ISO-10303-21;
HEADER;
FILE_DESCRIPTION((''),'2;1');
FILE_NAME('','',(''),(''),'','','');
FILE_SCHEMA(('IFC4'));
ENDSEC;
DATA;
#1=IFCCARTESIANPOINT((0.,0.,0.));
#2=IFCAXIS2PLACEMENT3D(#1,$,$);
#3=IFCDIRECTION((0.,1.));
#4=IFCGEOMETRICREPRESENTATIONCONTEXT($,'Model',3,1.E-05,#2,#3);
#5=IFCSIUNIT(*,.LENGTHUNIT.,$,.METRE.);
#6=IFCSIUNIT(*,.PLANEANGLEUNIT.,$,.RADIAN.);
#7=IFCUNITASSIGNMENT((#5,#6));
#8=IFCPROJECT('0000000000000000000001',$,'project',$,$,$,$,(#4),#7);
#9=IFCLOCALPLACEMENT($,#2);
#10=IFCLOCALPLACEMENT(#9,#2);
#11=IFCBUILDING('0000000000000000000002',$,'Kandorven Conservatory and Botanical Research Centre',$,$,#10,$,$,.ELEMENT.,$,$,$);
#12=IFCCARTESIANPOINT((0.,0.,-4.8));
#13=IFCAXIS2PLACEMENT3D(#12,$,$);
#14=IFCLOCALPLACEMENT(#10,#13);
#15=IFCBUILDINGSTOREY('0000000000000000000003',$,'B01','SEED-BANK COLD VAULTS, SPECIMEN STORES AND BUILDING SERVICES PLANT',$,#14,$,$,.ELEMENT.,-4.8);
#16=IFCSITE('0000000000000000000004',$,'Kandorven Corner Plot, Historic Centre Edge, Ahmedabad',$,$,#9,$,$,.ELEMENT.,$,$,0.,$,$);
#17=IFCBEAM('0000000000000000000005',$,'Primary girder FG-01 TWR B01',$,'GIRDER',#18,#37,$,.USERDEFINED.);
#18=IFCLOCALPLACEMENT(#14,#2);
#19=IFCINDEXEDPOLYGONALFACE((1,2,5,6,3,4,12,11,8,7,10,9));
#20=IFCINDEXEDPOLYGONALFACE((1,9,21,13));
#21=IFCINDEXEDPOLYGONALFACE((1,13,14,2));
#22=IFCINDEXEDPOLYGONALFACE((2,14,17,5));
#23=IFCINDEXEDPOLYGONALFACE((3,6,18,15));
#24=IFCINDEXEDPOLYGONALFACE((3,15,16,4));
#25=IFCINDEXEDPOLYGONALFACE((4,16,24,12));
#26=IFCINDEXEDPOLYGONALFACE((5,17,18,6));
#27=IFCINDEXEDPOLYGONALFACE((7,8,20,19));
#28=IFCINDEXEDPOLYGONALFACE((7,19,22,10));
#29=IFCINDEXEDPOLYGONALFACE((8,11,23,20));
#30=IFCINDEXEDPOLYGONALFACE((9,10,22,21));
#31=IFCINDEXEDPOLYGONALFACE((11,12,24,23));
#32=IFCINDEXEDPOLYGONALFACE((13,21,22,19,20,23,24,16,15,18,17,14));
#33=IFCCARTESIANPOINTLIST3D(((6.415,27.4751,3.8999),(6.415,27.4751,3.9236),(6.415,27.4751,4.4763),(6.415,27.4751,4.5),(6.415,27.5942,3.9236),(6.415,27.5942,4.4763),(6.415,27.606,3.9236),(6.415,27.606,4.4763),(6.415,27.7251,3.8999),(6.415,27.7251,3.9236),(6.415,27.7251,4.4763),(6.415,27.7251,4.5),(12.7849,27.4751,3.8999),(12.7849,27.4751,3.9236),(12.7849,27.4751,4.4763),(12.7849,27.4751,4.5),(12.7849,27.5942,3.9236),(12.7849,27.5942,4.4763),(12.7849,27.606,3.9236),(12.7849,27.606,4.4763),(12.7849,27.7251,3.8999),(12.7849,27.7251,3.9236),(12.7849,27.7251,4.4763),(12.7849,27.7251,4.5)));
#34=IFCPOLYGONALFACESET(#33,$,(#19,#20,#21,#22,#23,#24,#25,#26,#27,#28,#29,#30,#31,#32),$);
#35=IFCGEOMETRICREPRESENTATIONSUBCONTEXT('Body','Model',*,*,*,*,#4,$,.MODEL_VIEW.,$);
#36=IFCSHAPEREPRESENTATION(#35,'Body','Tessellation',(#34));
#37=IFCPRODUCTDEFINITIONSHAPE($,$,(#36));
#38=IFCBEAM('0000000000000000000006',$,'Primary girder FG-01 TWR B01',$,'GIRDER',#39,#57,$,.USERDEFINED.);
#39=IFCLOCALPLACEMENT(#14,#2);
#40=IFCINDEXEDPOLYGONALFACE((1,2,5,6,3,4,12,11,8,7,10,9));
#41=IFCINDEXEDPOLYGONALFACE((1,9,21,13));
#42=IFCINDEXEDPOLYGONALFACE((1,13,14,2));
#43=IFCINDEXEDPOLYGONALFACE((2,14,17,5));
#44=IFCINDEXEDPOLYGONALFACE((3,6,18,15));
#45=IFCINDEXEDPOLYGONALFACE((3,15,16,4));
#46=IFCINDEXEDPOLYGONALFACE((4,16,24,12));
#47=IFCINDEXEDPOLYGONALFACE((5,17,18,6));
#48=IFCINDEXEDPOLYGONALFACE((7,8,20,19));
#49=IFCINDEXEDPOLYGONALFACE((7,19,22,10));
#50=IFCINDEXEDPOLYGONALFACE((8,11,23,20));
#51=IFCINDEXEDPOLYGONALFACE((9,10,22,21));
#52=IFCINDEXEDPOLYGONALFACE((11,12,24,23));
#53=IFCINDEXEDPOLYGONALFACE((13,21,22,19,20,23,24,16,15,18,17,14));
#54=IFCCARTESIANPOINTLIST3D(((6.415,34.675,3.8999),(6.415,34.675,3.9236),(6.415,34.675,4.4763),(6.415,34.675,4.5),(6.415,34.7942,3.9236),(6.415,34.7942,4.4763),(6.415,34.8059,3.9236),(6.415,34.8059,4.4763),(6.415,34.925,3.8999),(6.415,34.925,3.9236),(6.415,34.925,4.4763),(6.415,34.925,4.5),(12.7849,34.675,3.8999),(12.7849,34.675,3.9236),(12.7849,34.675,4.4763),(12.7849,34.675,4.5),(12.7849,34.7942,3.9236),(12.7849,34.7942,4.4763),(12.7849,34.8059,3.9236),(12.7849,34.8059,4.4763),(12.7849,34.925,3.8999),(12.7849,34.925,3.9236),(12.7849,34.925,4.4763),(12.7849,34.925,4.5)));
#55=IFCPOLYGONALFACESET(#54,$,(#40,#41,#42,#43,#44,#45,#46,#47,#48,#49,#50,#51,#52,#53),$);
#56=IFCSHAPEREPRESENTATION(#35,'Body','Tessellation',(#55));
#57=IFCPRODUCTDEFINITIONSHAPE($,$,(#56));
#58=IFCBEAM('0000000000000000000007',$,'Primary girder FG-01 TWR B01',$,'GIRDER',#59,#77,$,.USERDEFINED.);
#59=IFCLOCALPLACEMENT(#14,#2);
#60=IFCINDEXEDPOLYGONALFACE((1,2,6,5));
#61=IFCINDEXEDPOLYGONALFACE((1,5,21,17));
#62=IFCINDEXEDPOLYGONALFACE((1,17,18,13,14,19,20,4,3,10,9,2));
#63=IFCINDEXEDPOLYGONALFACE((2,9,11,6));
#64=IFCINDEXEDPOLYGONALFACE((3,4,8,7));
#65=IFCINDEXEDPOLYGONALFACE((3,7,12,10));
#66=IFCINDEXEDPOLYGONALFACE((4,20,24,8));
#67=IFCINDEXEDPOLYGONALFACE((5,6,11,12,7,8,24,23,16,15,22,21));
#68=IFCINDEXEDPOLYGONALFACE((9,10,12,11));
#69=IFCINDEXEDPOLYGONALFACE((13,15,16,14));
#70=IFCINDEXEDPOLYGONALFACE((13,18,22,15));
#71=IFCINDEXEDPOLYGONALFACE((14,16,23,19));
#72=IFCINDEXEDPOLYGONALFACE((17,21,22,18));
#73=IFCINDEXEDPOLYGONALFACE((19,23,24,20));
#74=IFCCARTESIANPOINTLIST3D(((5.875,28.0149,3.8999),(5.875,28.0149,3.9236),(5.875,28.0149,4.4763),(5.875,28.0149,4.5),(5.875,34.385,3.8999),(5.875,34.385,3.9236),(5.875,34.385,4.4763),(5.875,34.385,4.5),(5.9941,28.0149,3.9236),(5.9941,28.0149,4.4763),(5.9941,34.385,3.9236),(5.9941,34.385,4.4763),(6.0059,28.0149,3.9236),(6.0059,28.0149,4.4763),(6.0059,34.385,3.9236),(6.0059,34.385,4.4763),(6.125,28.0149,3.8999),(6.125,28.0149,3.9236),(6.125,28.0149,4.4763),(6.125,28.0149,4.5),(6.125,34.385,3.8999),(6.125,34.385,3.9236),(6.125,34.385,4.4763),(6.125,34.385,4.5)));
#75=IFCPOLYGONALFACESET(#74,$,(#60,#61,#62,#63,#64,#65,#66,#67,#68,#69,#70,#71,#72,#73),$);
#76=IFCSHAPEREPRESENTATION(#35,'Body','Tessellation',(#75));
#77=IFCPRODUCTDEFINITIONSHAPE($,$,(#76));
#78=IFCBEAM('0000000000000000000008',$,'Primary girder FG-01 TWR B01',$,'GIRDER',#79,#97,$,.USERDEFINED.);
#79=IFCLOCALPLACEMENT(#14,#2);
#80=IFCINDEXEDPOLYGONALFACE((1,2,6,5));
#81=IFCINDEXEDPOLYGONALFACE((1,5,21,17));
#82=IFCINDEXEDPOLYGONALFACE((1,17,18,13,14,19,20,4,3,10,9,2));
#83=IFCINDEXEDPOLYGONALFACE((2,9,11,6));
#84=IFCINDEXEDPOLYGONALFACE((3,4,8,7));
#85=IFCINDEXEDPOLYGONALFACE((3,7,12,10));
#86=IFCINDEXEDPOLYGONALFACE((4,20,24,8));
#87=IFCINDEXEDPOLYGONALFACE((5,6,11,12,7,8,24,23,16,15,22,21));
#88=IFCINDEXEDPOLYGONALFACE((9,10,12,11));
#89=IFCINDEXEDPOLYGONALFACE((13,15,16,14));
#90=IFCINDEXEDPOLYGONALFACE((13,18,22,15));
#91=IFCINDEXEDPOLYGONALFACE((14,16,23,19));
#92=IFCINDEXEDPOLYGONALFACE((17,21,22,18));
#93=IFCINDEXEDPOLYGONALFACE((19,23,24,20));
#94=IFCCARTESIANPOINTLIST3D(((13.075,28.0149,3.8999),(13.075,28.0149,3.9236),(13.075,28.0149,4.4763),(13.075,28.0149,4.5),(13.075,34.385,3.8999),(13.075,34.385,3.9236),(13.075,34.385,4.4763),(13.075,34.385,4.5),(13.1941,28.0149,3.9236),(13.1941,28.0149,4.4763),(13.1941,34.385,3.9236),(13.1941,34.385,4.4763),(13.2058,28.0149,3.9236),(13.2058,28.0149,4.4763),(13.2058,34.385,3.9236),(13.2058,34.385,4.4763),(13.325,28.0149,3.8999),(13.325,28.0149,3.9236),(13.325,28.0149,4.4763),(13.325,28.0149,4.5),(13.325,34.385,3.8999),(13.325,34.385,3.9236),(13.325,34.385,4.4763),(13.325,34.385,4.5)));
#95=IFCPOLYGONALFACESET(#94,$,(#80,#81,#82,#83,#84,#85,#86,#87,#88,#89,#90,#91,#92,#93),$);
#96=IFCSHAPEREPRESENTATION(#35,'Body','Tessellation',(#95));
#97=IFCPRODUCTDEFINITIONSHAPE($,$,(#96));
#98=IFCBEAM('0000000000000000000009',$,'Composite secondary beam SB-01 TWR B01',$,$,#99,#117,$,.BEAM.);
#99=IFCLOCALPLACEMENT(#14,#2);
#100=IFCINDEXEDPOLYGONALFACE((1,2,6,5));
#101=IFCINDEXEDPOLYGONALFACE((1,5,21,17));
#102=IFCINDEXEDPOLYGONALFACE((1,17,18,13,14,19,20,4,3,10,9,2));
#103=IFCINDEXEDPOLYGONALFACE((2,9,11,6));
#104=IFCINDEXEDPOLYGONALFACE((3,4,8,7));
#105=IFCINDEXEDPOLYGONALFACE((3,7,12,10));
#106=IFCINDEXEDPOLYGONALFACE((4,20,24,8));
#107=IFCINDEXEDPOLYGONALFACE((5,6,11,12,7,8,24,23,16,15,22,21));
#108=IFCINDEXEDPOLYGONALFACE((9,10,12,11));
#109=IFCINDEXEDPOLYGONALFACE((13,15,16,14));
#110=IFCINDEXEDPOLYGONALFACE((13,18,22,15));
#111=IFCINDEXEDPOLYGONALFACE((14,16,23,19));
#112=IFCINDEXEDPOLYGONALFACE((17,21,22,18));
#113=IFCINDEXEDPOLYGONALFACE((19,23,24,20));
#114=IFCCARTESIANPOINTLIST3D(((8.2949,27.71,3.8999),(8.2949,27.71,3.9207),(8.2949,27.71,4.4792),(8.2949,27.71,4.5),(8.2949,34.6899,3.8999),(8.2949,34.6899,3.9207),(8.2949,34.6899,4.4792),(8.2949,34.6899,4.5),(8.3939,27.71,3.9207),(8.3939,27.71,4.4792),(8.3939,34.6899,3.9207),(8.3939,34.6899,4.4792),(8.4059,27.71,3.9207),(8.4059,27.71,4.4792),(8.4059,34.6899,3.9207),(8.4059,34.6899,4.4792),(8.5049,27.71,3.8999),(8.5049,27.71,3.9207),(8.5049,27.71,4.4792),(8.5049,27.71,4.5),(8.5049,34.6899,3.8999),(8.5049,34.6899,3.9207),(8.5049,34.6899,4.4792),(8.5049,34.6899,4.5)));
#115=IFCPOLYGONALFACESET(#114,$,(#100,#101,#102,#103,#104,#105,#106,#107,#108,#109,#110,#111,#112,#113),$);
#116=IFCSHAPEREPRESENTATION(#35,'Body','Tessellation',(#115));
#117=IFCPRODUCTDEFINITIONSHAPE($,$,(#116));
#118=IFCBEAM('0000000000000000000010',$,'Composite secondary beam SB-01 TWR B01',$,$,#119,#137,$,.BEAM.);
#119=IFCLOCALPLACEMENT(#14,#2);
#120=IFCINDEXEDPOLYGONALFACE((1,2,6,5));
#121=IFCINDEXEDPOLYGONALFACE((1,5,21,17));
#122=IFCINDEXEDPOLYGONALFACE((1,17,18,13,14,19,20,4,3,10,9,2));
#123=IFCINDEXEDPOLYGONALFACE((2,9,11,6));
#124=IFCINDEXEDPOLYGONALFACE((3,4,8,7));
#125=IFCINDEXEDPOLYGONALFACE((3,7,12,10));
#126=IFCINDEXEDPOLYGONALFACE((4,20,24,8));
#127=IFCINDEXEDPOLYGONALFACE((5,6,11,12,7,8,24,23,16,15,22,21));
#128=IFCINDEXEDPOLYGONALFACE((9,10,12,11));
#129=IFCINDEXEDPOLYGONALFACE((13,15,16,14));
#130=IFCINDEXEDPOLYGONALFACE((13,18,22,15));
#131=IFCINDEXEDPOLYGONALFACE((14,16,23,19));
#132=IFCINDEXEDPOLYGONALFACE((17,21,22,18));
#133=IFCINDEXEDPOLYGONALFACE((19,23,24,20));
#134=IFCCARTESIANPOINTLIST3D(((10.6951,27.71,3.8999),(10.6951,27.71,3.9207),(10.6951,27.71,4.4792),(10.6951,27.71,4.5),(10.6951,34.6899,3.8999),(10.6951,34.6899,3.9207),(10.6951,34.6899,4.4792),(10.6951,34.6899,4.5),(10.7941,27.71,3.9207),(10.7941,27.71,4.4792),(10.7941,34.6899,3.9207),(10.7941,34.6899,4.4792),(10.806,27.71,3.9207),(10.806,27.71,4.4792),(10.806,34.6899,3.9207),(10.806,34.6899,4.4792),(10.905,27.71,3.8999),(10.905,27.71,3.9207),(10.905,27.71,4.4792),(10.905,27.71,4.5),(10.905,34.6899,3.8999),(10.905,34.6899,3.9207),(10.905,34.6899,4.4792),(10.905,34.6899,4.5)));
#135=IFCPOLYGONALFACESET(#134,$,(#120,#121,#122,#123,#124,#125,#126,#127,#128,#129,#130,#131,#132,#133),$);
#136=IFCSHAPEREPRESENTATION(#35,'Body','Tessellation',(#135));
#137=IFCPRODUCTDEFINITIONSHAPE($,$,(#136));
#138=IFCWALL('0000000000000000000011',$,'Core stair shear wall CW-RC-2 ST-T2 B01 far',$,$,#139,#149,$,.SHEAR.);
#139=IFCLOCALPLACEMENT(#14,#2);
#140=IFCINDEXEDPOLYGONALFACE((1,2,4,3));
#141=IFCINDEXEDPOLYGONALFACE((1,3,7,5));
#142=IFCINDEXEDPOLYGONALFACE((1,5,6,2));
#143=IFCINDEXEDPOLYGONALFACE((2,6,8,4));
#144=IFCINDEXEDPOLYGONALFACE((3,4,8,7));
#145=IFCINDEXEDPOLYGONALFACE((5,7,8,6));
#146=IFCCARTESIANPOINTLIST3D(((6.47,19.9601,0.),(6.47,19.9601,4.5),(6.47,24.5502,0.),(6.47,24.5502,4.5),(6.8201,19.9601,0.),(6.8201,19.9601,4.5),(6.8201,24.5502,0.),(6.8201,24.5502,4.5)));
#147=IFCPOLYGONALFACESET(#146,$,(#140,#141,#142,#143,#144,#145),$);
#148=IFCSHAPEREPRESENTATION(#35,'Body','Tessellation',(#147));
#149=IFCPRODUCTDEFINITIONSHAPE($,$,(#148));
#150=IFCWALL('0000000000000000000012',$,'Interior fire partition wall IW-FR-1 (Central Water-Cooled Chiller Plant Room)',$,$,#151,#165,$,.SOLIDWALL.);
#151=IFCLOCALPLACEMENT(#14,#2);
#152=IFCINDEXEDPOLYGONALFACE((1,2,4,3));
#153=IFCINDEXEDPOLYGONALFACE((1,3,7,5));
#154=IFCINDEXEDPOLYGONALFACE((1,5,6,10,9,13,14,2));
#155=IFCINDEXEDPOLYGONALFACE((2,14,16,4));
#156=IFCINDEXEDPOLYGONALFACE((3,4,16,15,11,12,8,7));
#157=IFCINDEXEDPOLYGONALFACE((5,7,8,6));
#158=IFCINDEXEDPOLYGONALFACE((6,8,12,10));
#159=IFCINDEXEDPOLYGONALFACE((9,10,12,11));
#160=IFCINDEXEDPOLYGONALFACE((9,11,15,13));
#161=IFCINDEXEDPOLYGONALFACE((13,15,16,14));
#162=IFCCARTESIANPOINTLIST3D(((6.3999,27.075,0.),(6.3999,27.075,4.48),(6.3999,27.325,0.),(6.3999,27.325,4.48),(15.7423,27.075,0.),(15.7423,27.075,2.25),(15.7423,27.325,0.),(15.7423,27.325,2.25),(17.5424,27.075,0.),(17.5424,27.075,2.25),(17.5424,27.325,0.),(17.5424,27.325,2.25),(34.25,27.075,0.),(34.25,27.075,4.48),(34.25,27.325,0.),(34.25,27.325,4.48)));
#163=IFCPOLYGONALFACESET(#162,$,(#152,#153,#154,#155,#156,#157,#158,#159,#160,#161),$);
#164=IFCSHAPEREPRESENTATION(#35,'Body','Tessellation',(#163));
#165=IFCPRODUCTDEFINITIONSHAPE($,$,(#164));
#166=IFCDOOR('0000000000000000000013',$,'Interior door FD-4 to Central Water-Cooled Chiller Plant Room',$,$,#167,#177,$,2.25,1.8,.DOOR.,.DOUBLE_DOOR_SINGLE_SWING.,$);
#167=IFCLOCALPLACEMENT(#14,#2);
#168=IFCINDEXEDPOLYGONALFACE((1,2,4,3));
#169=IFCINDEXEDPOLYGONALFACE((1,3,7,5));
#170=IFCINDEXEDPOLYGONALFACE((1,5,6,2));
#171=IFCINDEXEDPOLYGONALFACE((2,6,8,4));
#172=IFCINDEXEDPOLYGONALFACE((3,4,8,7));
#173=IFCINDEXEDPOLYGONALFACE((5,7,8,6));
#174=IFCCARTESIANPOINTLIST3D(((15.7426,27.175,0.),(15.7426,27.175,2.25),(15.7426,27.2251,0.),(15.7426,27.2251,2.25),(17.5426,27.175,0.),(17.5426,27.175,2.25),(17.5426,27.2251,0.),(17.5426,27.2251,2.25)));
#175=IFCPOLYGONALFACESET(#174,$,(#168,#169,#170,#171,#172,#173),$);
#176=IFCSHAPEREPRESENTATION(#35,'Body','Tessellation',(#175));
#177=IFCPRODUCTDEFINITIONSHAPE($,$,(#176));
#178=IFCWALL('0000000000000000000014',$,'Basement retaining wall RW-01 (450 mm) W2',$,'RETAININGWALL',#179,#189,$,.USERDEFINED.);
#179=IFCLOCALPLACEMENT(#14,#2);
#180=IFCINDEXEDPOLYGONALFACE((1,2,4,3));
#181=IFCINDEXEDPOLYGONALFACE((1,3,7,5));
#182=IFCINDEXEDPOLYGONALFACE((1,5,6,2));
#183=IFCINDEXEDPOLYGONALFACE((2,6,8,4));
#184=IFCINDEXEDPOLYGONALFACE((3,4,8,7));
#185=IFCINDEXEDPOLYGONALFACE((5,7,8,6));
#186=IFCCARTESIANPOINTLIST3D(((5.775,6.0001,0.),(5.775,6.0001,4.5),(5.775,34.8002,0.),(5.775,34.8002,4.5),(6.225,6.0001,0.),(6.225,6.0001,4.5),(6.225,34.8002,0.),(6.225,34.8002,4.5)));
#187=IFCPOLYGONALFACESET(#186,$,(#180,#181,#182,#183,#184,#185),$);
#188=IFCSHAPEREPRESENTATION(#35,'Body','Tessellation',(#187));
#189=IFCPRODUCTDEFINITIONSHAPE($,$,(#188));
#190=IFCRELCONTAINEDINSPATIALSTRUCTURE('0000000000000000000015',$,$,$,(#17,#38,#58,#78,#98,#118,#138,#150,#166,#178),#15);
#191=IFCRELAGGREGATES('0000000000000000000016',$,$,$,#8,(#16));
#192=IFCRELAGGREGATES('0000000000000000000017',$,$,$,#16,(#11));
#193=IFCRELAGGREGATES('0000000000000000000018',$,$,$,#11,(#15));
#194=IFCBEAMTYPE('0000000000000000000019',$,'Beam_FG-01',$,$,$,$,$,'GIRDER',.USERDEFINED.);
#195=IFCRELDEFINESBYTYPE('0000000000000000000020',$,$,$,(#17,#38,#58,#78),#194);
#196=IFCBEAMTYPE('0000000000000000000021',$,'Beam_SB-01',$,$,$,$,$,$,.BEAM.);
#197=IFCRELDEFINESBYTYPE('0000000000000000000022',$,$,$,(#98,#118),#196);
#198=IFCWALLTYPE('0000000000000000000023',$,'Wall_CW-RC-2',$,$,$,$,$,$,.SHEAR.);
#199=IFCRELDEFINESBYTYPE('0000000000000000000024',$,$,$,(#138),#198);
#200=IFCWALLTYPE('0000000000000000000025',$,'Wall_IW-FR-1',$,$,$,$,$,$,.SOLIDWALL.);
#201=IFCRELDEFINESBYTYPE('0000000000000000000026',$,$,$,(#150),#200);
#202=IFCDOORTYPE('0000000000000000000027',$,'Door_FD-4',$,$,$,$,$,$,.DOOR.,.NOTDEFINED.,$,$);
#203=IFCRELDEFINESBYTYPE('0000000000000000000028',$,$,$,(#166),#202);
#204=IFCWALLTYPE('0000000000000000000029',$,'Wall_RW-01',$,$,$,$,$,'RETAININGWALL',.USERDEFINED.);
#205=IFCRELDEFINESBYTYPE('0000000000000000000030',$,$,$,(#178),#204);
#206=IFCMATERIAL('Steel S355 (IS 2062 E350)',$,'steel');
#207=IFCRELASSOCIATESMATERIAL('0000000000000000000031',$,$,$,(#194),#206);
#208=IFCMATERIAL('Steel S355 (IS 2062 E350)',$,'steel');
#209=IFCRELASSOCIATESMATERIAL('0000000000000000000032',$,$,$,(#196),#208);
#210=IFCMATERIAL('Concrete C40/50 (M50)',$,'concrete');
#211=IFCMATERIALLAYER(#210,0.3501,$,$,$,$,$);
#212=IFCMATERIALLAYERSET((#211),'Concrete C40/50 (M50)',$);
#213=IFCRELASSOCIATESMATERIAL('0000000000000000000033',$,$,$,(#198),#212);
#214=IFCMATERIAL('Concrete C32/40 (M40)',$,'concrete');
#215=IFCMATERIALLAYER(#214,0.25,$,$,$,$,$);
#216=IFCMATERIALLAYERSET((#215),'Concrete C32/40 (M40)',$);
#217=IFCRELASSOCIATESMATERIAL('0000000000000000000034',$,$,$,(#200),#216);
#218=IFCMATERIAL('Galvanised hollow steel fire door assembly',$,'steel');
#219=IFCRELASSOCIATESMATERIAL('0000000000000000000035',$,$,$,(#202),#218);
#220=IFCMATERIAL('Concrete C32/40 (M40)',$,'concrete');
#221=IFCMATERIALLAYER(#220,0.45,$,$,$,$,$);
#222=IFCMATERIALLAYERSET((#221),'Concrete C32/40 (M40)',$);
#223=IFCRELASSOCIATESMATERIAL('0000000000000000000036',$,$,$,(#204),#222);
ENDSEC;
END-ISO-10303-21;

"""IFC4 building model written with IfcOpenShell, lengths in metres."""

from ifc_helpers import new_model, si_unit, direction, frame, frame_2d, origin, origin_2d, place, context, subcontext, project, spatial, rectangle, i_section, extrude, material, layer, layer_set, material_profile, profile_set, type_object, element, fill, save


model = new_model("IFC4")

# Units and contexts
model_context = context("Model", 3, precision=1e-05, world=origin(), true_north=direction((0.0, 1.0)))
body_context = subcontext(model_context, "Body", "Model", "MODEL_VIEW")
ifc_project = project(units=[si_unit("LENGTHUNIT", "METRE"), si_unit("PLANEANGLEUNIT", "RADIAN")], contexts=[model_context])

# Site, building, storey
site_placement = place(None, origin())
site = spatial("IfcSite", under=ifc_project, at=site_placement, Name="Kandorven Corner Plot, Historic Centre Edge, Ahmedabad", CompositionType="ELEMENT", RefElevation=0.0)
building_placement = place(site_placement, origin())
building = spatial("IfcBuilding", under=site, at=building_placement, Name="Kandorven Conservatory and Botanical Research Centre", CompositionType="ELEMENT")
storey_placement = place(building_placement, frame((0.0, 0.0, -4.8)))
storey = spatial("IfcBuildingStorey", under=building, at=storey_placement, Name="B01", Description="SEED-BANK COLD VAULTS, SPECIMEN STORES AND BUILDING SERVICES PLANT", CompositionType="ELEMENT", Elevation=-4.8)

# Beams
ifc_material_1 = material(Name="Steel S355 (IS 2062 E350)", Category="steel")
ifc_material_profile_1 = material_profile(ifc_material_1, i_section(OverallWidth=0.25, OverallDepth=0.6001, WebThickness=0.0117, FlangeThickness=0.0237, at=origin_2d()))
ifc_profile_set_1 = profile_set([ifc_material_profile_1], Name="Steel S355 (IS 2062 E350)")
beam_type_1 = type_object("IfcBeamType", Name="Beam_FG-01", ElementType="GIRDER", PredefinedType="USERDEFINED", material=ifc_profile_set_1)
for number, where, z_axis, x_axis, name in (
    (1, (6.415, 27.6001, 4.2), (1.0, 0.0, 0.0), (0.0, 1.0, 0.0), "Primary girder FG-01 TWR B01"),
    (2, (6.415, 34.8, 4.2), (1.0, 0.0, 0.0), (0.0, 1.0, 0.0), "Primary girder FG-01 TWR B01"),
):
    element("IfcBeam", number, at=place(storey_placement, frame(where, z_axis=z_axis, x_axis=x_axis)), inside=storey, type_object=beam_type_1, Name=name, ObjectType="GIRDER", PredefinedType="USERDEFINED", context=body_context, shape_type="SweptSolid", body=[
        extrude(i_section(OverallWidth=0.25, OverallDepth=0.6001, WebThickness=0.0117, FlangeThickness=0.0237, at=origin_2d()), origin(), (0.0, 0.0, 1.0), 6.3699),
    ])
for number, where, z_axis, x_axis, name in (
    (3, (6.0, 28.0149, 4.2), (0.0, 1.0, 0.0), (-1.0, 0.0, 0.0), "Primary girder FG-01 TWR B01"),
    (4, (13.2, 28.0149, 4.2), (0.0, 1.0, 0.0), (-1.0, 0.0, 0.0), "Primary girder FG-01 TWR B01"),
):
    element("IfcBeam", number, at=place(storey_placement, frame(where, z_axis=z_axis, x_axis=x_axis)), inside=storey, type_object=beam_type_1, Name=name, ObjectType="GIRDER", PredefinedType="USERDEFINED", context=body_context, shape_type="SweptSolid", body=[
        extrude(i_section(OverallWidth=0.25, OverallDepth=0.6001, WebThickness=0.0117, FlangeThickness=0.0237, at=origin_2d()), origin(), (0.0, 0.0, 1.0), 6.3701),
    ])
ifc_material_2 = material(Name="Steel S355 (IS 2062 E350)", Category="steel")
ifc_material_profile_2 = material_profile(ifc_material_2, i_section(OverallWidth=0.21, OverallDepth=0.6001, WebThickness=0.012, FlangeThickness=0.0208, at=origin_2d()))
ifc_profile_set_2 = profile_set([ifc_material_profile_2], Name="Steel S355 (IS 2062 E350)")
beam_type_2 = type_object("IfcBeamType", Name="Beam_SB-01", PredefinedType="BEAM", material=ifc_profile_set_2)
for number, where, z_axis, x_axis, name in (
    (5, (8.3999, 27.71, 4.2), (0.0, 1.0, 0.0), (-1.0, 0.0, 0.0), "Composite secondary beam SB-01 TWR B01"),
    (6, (10.8, 27.71, 4.2), (0.0, 1.0, 0.0), (-1.0, 0.0, 0.0), "Composite secondary beam SB-01 TWR B01"),
):
    element("IfcBeam", number, at=place(storey_placement, frame(where, z_axis=z_axis, x_axis=x_axis)), inside=storey, type_object=beam_type_2, Name=name, PredefinedType="BEAM", context=body_context, shape_type="SweptSolid", body=[
        extrude(i_section(OverallWidth=0.21, OverallDepth=0.6001, WebThickness=0.012, FlangeThickness=0.0208, at=origin_2d()), origin(), (0.0, 0.0, 1.0), 6.98),
    ])

# Wall
ifc_material_3 = material(Name="Concrete C40/50 (M50)", Category="concrete")
ifc_layer_1 = layer(ifc_material_3, 0.3501)
ifc_layer_set_1 = layer_set([ifc_layer_1], Name="Concrete C40/50 (M50)")
wall_type_1 = type_object("IfcWallType", Name="Wall_CW-RC-2", PredefinedType="SHEAR", material=ifc_layer_set_1)
wall_1_placement = place(storey_placement, frame((6.645, 24.55, 0.0), z_axis=(0.0, 0.0, 1.0), x_axis=(0.0, -1.0, 0.0)))
element("IfcWall", 7, at=wall_1_placement, inside=storey, type_object=wall_type_1, Name="Core stair shear wall CW-RC-2 ST-T2 B01 far", PredefinedType="SHEAR", context=body_context, shape_type="SweptSolid", body=[
    extrude(rectangle(XDim=4.5901, YDim=0.3501, at=frame_2d((2.2949, 0.0))), origin(), (0.0, 0.0, 1.0), 4.5),
])

# Wall, opening, door
ifc_material_4 = material(Name="Concrete C32/40 (M40)", Category="concrete")
ifc_layer_2 = layer(ifc_material_4, 0.25)
ifc_layer_set_2 = layer_set([ifc_layer_2], Name="Concrete C32/40 (M40)")
wall_type_2 = type_object("IfcWallType", Name="Wall_IW-FR-1", PredefinedType="SOLIDWALL", material=ifc_layer_set_2)
wall_2_placement = place(storey_placement, frame((6.3999, 27.2, 0.0), z_axis=(0.0, 0.0, 1.0), x_axis=(1.0, 0.0, 0.0)))
wall_2 = element("IfcWall", 8, at=wall_2_placement, inside=storey, type_object=wall_type_2, Name="Interior fire partition wall IW-FR-1 (Central Water-Cooled Chiller Plant Room)", PredefinedType="SOLIDWALL", context=body_context, shape_type="SweptSolid", body=[
    extrude(rectangle(XDim=27.8501, YDim=0.25, at=frame_2d((13.925, 0.0))), origin(), (0.0, 0.0, 1.0), 4.48),
])
opening_placement = place(wall_2_placement, frame((9.3425, 0.0, 0.0)))
opening = element("IfcOpeningElement", 9, at=opening_placement, cuts=wall_2, PredefinedType="OPENING", context=body_context, shape_type="SweptSolid", body=[
    extrude(rectangle(XDim=1.8, YDim=2.25, at=frame_2d((0.8999, 1.125))), frame((0.0, 0.135, 0.0), z_axis=(0.0, -1.0, 0.0), x_axis=(1.0, 0.0, 0.0)), (0.0, 0.0, 1.0), 0.27),
])
ifc_material_5 = material(Name="Galvanised hollow steel fire door assembly", Category="steel")
door_type = type_object("IfcDoorType", Name="Door_FD-4", OperationType="NOTDEFINED", PredefinedType="DOOR", material=ifc_material_5)
door_placement = place(opening_placement, frame((1.8, 0.0, 0.0), z_axis=(0.0, 0.0, 1.0), x_axis=(-1.0, 0.0, 0.0)))
door = element("IfcDoor", 10, at=door_placement, inside=storey, type_object=door_type, Name="Interior door FD-4 to Central Water-Cooled Chiller Plant Room", OperationType="DOUBLE_DOOR_SINGLE_SWING", OverallHeight=2.25, OverallWidth=1.8, PredefinedType="DOOR", context=body_context, shape_type="SweptSolid", body=[
    extrude(rectangle(XDim=1.8, YDim=2.25, at=frame_2d((0.8999, 1.125))), frame((0.0, 0.0249, 0.0), z_axis=(0.0, -1.0, 0.0), x_axis=(1.0, 0.0, 0.0)), (0.0, 0.0, 1.0), 0.05),
])
fill(opening, door)

# Wall
ifc_material_6 = material(Name="Concrete C32/40 (M40)", Category="concrete")
ifc_layer_3 = layer(ifc_material_6, 0.45)
ifc_layer_set_3 = layer_set([ifc_layer_3], Name="Concrete C32/40 (M40)")
wall_type_3 = type_object("IfcWallType", Name="Wall_RW-01", ElementType="RETAININGWALL", PredefinedType="USERDEFINED", material=ifc_layer_set_3)
wall_3_placement = place(storey_placement, frame((6.0, 34.8, 0.0), z_axis=(0.0, 0.0, 1.0), x_axis=(0.0, -1.0, 0.0)))
element("IfcWall", 11, at=wall_3_placement, inside=storey, type_object=wall_type_3, Name="Basement retaining wall RW-01 (450 mm) W2", ObjectType="RETAININGWALL", PredefinedType="USERDEFINED", context=body_context, shape_type="SweptSolid", body=[
    extrude(rectangle(XDim=28.8, YDim=0.45, at=frame_2d((14.3999, 0.0))), origin(), (0.0, 0.0, 1.0), 4.5),
])

save(model, "model.ifc")
